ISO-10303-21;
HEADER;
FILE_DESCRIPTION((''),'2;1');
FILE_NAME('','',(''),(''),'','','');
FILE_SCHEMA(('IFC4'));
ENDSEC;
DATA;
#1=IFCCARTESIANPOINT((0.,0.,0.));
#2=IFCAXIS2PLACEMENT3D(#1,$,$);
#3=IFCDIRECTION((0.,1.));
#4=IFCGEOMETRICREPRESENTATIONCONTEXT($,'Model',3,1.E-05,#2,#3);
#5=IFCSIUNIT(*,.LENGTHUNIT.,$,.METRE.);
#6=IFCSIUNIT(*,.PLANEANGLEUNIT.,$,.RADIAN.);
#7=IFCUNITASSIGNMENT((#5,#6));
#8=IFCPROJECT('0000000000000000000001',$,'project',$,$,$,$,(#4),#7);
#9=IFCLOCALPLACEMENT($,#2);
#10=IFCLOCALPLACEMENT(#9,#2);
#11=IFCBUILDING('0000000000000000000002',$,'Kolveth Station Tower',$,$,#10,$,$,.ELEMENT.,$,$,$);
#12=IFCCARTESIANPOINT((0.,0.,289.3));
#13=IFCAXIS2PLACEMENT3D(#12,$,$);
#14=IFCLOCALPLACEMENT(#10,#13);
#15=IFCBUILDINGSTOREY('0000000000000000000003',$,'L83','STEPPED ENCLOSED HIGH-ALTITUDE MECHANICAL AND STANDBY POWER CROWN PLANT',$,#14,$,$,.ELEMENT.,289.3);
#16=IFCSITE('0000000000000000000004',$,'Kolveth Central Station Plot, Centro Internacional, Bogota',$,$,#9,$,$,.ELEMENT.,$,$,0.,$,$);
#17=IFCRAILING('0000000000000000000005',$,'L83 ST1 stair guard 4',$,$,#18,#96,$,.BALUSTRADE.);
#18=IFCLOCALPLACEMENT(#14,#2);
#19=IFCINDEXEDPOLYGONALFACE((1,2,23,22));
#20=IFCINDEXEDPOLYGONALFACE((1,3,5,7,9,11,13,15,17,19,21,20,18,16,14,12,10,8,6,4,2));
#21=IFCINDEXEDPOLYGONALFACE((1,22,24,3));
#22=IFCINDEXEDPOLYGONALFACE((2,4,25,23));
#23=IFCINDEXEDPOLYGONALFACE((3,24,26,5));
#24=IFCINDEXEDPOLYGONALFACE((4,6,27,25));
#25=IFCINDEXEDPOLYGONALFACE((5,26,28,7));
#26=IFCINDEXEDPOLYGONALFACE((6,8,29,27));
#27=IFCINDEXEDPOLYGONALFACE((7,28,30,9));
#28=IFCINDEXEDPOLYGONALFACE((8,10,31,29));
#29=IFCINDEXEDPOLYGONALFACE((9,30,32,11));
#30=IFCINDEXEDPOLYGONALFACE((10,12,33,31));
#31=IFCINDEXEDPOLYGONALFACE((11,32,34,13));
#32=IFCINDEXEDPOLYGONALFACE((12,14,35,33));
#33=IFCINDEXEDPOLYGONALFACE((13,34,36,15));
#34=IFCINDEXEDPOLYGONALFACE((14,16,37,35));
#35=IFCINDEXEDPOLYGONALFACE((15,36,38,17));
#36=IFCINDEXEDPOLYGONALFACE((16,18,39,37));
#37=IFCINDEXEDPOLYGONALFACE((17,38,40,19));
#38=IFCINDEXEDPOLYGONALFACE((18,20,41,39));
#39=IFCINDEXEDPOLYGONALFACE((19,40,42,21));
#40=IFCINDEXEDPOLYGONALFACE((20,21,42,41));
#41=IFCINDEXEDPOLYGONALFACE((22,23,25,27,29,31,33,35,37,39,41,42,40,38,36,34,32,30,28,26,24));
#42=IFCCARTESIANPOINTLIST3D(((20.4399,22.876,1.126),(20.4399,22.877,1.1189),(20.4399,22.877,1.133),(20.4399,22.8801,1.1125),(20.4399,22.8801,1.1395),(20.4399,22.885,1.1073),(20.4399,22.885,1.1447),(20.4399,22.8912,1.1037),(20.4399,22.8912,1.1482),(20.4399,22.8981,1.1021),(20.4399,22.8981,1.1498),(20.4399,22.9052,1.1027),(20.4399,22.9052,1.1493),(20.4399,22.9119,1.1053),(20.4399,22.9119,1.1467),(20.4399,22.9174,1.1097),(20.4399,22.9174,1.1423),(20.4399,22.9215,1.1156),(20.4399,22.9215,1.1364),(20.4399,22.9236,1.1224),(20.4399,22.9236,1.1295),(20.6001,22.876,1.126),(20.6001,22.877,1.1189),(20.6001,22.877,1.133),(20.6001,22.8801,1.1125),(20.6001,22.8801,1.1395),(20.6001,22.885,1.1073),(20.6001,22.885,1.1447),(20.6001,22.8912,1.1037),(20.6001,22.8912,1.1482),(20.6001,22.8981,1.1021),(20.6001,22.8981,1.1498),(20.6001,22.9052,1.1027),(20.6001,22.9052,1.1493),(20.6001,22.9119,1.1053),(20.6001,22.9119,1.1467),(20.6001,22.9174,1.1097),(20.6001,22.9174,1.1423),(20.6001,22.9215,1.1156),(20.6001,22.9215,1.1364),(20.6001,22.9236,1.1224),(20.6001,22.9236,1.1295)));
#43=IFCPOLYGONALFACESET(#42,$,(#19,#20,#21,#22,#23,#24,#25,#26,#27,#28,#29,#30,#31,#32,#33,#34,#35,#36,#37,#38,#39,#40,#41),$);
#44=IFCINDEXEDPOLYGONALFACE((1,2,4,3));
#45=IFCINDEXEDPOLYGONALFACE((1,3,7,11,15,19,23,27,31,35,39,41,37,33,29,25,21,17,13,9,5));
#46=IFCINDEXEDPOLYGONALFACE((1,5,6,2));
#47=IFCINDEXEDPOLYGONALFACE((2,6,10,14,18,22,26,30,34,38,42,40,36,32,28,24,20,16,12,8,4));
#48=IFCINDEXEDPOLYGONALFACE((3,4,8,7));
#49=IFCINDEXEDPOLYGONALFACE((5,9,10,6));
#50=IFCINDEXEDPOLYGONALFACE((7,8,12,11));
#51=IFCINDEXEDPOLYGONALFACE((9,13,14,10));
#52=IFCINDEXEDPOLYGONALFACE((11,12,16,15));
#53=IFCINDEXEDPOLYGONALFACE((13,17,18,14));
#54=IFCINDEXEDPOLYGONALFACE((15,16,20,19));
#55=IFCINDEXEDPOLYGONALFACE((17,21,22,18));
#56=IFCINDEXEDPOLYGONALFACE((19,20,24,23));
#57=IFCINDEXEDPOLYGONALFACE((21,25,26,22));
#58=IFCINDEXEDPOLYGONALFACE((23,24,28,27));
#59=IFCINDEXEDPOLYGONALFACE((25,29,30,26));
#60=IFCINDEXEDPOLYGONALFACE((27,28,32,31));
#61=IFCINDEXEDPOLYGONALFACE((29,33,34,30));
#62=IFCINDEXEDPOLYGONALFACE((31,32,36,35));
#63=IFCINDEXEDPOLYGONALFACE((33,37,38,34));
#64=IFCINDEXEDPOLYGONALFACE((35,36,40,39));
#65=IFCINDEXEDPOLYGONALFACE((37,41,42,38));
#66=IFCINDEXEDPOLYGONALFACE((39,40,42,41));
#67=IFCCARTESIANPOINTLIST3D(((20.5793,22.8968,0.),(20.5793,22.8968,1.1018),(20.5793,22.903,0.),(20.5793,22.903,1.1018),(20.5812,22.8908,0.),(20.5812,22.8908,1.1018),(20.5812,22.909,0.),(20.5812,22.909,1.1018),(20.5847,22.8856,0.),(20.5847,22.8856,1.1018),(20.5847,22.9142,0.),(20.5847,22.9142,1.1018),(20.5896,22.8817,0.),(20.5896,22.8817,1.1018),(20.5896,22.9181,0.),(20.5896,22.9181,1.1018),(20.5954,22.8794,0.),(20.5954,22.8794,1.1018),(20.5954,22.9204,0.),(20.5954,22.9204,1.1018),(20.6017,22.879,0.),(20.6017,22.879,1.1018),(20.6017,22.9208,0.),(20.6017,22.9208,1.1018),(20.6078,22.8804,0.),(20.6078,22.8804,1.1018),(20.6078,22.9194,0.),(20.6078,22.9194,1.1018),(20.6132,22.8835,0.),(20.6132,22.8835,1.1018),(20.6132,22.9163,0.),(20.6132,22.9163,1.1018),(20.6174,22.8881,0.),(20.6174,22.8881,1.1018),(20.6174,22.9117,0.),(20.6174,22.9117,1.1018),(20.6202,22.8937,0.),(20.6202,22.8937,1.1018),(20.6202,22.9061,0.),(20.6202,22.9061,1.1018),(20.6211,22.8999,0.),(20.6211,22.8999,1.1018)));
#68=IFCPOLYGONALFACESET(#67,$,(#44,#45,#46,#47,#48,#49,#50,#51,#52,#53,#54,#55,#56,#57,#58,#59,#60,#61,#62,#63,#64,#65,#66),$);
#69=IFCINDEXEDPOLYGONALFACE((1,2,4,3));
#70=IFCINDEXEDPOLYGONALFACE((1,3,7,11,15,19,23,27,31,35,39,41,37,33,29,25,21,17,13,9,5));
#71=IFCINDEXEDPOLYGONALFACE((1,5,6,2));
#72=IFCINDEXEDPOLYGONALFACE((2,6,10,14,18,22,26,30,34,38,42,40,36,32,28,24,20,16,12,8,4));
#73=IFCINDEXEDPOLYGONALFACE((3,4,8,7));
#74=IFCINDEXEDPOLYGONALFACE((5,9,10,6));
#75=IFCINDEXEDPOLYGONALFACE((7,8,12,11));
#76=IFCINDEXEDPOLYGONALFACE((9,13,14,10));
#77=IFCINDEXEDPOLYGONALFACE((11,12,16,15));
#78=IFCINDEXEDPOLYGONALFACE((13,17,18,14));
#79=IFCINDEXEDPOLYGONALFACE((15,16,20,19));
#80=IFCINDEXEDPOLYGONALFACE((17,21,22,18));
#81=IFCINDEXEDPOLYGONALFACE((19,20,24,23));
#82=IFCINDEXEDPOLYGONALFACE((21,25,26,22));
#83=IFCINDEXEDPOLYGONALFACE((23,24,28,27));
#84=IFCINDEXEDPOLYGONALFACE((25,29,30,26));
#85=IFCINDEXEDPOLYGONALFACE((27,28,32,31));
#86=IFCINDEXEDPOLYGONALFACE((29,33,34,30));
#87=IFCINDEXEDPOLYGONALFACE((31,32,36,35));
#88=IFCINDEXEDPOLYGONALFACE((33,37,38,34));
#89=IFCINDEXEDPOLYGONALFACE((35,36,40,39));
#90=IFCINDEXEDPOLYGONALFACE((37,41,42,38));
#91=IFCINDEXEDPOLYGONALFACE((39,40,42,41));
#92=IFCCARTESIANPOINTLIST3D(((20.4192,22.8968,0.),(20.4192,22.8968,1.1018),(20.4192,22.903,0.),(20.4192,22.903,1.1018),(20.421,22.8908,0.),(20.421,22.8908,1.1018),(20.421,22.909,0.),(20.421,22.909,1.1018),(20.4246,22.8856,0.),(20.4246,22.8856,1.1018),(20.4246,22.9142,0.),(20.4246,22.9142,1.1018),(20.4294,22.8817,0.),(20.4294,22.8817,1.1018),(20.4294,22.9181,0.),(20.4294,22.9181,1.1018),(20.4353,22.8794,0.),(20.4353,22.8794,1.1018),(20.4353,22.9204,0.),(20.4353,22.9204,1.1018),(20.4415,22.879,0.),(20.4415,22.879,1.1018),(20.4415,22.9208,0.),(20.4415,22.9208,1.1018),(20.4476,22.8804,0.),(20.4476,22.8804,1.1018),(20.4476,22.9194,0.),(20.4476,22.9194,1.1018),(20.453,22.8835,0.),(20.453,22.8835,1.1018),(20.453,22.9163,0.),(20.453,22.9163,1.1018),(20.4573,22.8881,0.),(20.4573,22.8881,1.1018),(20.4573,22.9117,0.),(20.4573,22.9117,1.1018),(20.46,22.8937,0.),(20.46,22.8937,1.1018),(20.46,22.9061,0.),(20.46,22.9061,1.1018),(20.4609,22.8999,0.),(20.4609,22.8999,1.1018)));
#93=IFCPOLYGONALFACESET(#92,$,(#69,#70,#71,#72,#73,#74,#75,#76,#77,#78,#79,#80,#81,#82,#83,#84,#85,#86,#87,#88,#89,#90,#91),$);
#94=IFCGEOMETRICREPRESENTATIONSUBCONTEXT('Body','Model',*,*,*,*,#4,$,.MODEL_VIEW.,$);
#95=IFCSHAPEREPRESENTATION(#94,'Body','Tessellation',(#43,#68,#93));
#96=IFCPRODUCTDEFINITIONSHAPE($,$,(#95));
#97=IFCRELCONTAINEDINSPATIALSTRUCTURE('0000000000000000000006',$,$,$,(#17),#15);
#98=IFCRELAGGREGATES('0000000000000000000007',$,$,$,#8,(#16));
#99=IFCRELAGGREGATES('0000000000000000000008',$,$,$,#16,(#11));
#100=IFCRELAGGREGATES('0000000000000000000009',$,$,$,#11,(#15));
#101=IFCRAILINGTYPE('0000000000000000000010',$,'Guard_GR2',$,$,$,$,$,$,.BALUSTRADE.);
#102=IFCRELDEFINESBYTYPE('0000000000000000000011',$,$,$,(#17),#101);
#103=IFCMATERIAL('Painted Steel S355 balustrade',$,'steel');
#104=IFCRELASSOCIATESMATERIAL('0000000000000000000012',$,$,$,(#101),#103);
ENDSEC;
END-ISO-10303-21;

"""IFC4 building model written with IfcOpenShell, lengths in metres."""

from ifc_helpers import new_model, si_unit, direction, frame, origin, origin_2d, place, context, subcontext, project, spatial, circle, extrude, material, type_object, element, save


model = new_model("IFC4")

# Units and contexts
model_context = context("Model", 3, precision=1e-05, world=origin(), true_north=direction((0.0, 1.0)))
body_context = subcontext(model_context, "Body", "Model", "MODEL_VIEW")
ifc_project = project(units=[si_unit("LENGTHUNIT", "METRE"), si_unit("PLANEANGLEUNIT", "RADIAN")], contexts=[model_context])

# Site, building, storey
site_placement = place(None, origin())
site = spatial("IfcSite", under=ifc_project, at=site_placement, Name="Kolveth Central Station Plot, Centro Internacional, Bogota", CompositionType="ELEMENT", RefElevation=0.0)
building_placement = place(site_placement, origin())
building = spatial("IfcBuilding", under=site, at=building_placement, Name="Kolveth Station Tower", CompositionType="ELEMENT")
storey_placement = place(building_placement, frame((0.0, 0.0, 289.3)))
storey = spatial("IfcBuildingStorey", under=building, at=storey_placement, Name="L83", Description="STEPPED ENCLOSED HIGH-ALTITUDE MECHANICAL AND STANDBY POWER CROWN PLANT", CompositionType="ELEMENT", Elevation=289.3)

# Railing
ifc_material_1 = material(Name="Painted Steel S355 balustrade", Category="steel")
railing_type_1 = type_object("IfcRailingType", Name="Guard_GR2", PredefinedType="BALUSTRADE", material=ifc_material_1)
railing_1_placement = place(storey_placement, frame((20.6001, 22.8999, 0.0)))
element("IfcRailing", 1, at=railing_1_placement, inside=storey, type_object=railing_type_1, Name="L83 ST1 stair guard 4", PredefinedType="BALUSTRADE", context=body_context, shape_type="SweptSolid", body=[
    extrude(circle(Radius=0.0239, at=origin_2d()), frame((0.0, 0.0, 1.126), z_axis=(-1.0, 0.0, 0.0), x_axis=(0.0, -1.0, 0.0)), (0.0, 0.0, 1.0), 0.1602),
    extrude(circle(Radius=0.021, at=origin_2d()), origin(), (0.0, 0.0, 1.0), 1.1018),
    extrude(circle(Radius=0.021, at=origin_2d()), frame((-0.1602, 0.0, 0.0)), (0.0, 0.0, 1.0), 1.1018),
])

save(model, "model.ifc")
